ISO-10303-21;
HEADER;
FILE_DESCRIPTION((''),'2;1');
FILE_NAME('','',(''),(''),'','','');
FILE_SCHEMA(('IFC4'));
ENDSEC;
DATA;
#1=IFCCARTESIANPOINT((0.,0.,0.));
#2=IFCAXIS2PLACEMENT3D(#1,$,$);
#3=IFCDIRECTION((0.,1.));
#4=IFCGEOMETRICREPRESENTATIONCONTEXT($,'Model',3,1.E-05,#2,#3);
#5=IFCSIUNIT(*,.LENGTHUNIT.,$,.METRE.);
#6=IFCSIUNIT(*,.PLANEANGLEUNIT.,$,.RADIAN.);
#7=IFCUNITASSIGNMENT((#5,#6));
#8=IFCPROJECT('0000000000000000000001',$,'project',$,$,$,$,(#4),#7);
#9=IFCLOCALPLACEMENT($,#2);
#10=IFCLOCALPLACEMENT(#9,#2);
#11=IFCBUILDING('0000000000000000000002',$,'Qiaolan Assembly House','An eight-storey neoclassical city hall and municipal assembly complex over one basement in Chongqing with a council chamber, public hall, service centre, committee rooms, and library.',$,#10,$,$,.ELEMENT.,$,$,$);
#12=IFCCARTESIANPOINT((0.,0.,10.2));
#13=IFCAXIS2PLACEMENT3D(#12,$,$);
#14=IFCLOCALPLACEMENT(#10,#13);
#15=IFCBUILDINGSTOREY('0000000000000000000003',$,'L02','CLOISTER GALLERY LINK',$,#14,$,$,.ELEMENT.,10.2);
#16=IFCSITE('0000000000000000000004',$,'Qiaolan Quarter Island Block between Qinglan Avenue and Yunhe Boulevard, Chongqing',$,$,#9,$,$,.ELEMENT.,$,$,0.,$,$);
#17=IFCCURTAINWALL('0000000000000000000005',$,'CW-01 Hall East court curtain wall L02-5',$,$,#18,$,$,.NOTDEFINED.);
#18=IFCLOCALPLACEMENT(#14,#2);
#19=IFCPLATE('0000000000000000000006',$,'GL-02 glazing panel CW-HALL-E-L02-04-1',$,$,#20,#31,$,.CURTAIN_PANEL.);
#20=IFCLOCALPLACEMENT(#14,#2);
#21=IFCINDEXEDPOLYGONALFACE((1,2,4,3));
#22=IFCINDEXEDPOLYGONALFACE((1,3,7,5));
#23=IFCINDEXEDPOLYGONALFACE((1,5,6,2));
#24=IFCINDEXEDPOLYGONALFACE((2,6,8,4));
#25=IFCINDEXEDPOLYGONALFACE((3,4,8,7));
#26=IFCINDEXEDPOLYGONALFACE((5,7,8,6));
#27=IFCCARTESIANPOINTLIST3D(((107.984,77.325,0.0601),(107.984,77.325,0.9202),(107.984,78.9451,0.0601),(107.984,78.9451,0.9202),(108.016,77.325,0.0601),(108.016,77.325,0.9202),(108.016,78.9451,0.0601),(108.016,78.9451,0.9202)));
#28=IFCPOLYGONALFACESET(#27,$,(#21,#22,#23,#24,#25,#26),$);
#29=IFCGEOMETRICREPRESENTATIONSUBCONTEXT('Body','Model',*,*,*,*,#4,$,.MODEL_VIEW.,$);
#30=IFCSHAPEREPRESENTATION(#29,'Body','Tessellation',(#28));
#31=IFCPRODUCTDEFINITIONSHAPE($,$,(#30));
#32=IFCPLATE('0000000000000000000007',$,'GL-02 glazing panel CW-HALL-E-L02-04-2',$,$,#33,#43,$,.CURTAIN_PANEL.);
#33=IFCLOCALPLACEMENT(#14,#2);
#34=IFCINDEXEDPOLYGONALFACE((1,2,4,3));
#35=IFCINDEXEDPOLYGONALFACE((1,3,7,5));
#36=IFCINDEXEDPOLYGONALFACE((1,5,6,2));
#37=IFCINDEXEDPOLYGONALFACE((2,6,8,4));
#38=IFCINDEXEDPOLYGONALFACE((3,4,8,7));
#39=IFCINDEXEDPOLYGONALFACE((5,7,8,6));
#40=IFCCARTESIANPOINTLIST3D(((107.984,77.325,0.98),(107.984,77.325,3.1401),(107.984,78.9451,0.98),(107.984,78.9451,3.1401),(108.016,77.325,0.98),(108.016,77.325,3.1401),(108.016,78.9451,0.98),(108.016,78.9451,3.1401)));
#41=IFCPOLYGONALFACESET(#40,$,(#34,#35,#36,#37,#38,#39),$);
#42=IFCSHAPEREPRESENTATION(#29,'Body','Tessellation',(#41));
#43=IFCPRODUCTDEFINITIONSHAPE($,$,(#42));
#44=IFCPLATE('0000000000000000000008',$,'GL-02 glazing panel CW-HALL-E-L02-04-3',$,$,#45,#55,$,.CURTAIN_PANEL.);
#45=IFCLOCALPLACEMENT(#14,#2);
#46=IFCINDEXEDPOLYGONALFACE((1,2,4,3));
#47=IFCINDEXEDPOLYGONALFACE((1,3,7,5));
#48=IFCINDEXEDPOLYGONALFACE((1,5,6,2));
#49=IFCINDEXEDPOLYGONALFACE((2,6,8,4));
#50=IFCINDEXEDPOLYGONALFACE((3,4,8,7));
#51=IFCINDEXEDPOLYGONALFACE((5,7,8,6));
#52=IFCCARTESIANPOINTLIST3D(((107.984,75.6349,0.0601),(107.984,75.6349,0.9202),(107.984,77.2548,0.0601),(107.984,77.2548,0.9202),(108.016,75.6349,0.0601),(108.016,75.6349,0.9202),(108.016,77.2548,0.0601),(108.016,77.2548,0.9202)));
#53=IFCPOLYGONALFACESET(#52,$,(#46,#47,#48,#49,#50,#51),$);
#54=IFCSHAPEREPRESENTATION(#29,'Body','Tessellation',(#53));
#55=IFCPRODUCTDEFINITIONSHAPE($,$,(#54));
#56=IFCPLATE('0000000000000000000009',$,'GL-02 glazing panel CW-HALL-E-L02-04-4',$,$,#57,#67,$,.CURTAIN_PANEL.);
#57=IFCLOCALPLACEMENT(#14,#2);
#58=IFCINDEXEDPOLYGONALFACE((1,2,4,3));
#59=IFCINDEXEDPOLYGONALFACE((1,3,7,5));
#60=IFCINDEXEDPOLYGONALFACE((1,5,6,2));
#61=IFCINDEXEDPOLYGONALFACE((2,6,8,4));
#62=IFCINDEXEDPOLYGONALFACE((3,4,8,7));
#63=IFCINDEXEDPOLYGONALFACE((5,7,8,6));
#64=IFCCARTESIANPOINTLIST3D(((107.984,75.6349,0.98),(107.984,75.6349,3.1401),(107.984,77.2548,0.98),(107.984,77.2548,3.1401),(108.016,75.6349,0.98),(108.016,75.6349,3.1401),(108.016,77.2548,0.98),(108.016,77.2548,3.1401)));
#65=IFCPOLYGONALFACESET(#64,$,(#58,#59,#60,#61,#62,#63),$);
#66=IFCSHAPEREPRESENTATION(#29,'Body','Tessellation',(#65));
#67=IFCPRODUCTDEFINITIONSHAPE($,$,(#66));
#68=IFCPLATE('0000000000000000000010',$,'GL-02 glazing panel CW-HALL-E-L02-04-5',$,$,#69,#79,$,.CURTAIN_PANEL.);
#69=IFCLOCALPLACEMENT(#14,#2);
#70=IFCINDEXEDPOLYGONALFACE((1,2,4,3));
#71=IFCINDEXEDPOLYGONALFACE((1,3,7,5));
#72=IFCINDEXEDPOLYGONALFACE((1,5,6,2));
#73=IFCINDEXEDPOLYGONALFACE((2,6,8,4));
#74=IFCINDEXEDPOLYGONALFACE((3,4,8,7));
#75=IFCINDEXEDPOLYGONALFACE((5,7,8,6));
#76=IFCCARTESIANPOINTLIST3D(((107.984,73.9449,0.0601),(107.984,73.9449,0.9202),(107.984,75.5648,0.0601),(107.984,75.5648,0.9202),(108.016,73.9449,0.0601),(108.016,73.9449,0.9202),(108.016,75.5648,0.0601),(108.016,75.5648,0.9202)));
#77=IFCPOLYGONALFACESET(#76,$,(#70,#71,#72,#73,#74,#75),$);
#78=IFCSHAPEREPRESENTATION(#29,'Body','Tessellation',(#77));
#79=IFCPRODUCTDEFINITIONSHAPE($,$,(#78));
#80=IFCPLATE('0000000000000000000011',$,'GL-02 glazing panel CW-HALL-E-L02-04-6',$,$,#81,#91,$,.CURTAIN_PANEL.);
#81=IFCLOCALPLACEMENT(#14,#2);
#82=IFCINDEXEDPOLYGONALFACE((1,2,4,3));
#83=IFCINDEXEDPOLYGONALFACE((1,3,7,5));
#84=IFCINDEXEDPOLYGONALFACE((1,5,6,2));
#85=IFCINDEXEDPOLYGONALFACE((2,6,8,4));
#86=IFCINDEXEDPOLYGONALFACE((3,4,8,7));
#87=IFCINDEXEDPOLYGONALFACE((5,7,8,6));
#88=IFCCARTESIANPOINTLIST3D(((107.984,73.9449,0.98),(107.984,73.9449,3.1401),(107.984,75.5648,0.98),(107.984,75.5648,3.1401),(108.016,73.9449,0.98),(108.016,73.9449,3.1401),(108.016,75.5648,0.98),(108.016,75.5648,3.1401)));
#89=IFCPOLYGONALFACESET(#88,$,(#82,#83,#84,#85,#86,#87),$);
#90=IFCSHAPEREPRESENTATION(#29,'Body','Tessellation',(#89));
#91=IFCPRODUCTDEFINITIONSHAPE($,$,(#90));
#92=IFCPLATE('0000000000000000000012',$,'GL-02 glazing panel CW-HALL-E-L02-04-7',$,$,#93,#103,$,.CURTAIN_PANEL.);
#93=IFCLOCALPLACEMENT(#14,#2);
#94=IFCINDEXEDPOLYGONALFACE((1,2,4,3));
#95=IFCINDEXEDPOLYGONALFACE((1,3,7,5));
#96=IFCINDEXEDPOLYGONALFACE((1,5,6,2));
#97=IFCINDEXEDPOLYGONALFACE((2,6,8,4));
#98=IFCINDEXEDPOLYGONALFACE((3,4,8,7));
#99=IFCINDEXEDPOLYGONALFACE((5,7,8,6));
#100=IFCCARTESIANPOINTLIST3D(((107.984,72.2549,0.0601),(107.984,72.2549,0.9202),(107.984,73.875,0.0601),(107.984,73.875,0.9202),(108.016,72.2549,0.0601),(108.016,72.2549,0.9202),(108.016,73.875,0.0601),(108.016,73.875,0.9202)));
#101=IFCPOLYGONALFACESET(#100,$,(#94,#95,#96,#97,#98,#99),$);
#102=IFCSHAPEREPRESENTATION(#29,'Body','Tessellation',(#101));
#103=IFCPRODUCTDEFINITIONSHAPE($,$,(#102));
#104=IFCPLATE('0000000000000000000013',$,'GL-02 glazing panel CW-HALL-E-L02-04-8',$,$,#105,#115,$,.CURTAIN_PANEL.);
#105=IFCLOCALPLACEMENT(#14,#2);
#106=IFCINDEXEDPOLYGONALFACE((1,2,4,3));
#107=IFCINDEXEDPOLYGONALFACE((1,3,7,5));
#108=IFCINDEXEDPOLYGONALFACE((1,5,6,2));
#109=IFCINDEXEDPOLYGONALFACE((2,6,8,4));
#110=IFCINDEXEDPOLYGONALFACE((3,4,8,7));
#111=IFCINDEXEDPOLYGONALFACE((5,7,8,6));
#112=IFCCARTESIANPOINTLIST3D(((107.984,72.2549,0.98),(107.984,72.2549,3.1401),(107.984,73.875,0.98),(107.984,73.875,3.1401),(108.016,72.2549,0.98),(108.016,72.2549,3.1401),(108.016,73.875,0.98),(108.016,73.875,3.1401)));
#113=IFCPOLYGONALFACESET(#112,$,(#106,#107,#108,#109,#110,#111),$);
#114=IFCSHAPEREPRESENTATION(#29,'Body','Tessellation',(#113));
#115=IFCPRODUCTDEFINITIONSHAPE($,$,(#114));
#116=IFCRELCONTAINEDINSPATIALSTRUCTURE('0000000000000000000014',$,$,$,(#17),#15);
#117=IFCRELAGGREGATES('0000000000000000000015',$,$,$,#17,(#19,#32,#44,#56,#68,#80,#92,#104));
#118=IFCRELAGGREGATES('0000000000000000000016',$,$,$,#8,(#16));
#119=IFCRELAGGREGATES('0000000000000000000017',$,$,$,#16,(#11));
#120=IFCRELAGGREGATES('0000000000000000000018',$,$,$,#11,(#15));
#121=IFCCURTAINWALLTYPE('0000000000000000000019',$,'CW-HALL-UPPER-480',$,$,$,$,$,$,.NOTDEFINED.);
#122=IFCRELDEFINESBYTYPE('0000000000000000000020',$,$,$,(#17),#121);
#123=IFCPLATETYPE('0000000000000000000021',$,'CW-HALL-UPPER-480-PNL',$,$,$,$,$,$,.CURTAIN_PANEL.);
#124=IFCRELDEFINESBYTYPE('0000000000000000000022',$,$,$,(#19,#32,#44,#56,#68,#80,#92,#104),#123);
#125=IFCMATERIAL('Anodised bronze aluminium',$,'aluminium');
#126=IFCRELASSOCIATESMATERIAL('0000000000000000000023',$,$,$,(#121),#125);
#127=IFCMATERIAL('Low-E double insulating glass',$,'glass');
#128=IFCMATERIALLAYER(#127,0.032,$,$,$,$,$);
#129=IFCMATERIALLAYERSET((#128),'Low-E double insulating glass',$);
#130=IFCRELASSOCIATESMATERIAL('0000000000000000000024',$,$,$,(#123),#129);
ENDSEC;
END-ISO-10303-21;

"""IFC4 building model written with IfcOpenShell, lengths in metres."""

from ifc_helpers import new_model, si_unit, direction, frame, frame_2d, origin, place, context, subcontext, project, spatial, rectangle, extrude, material, layer, layer_set, type_object, element, aggregate, save


model = new_model("IFC4")

# Units and contexts
model_context = context("Model", 3, precision=1e-05, world=origin(), true_north=direction((0.0, 1.0)))
body_context = subcontext(model_context, "Body", "Model", "MODEL_VIEW")
ifc_project = project(units=[si_unit("LENGTHUNIT", "METRE"), si_unit("PLANEANGLEUNIT", "RADIAN")], contexts=[model_context])

# Site, building, storey
site_placement = place(None, origin())
site = spatial("IfcSite", under=ifc_project, at=site_placement, Name="Qiaolan Quarter Island Block between Qinglan Avenue and Yunhe Boulevard, Chongqing", CompositionType="ELEMENT", RefElevation=0.0)
building_placement = place(site_placement, origin())
building = spatial("IfcBuilding", under=site, at=building_placement, Name="Qiaolan Assembly House", Description="An eight-storey neoclassical city hall and municipal assembly complex over one basement in Chongqing with a council chamber, public hall, service centre, committee rooms, and library.", CompositionType="ELEMENT")
storey_placement = place(building_placement, frame((0.0, 0.0, 10.2)))
storey = spatial("IfcBuildingStorey", under=building, at=storey_placement, Name="L02", Description="CLOISTER GALLERY LINK", CompositionType="ELEMENT", Elevation=10.2)

# Curtain wall, plates
ifc_material_1 = material(Name="Anodised bronze aluminium", Category="aluminium")
curtain_wall_type = type_object("IfcCurtainWallType", Name="CW-HALL-UPPER-480", PredefinedType="NOTDEFINED", material=ifc_material_1)
curtain_wall_placement = place(storey_placement, origin())
curtain_wall = element("IfcCurtainWall", 1, at=curtain_wall_placement, inside=storey, type_object=curtain_wall_type, Name="CW-01 Hall East court curtain wall L02-5", PredefinedType="NOTDEFINED")
ifc_material_2 = material(Name="Low-E double insulating glass", Category="glass")
ifc_layer = layer(ifc_material_2, 0.032)
ifc_layer_set = layer_set([ifc_layer], Name="Low-E double insulating glass")
plate_type = type_object("IfcPlateType", Name="CW-HALL-UPPER-480-PNL", PredefinedType="CURTAIN_PANEL", material=ifc_layer_set)
plate_1_placement = place(storey_placement, frame((108.0, 78.9451, 0.0601), z_axis=(0.0, 0.0, 1.0), x_axis=(0.0, -1.0, 0.0)))
plate_1 = element("IfcPlate", 2, at=plate_1_placement, type_object=plate_type, Name="GL-02 glazing panel CW-HALL-E-L02-04-1", PredefinedType="CURTAIN_PANEL", context=body_context, shape_type="SweptSolid", body=[
    extrude(rectangle(XDim=1.6201, YDim=0.032, at=frame_2d((0.8101, 0.0))), origin(), (0.0, 0.0, 1.0), 0.8601),
])
plate_2_placement = place(storey_placement, frame((108.0, 78.9451, 0.98), z_axis=(0.0, 0.0, 1.0), x_axis=(0.0, -1.0, 0.0)))
plate_2 = element("IfcPlate", 3, at=plate_2_placement, type_object=plate_type, Name="GL-02 glazing panel CW-HALL-E-L02-04-2", PredefinedType="CURTAIN_PANEL", context=body_context, shape_type="SweptSolid", body=[
    extrude(rectangle(XDim=1.6201, YDim=0.032, at=frame_2d((0.8101, 0.0))), origin(), (0.0, 0.0, 1.0), 2.1602),
])
plate_3_placement = place(storey_placement, frame((108.0, 77.2549, 0.0601), z_axis=(0.0, 0.0, 1.0), x_axis=(0.0, -1.0, 0.0)))
plate_3 = element("IfcPlate", 4, at=plate_3_placement, type_object=plate_type, Name="GL-02 glazing panel CW-HALL-E-L02-04-3", PredefinedType="CURTAIN_PANEL", context=body_context, shape_type="SweptSolid", body=[
    extrude(rectangle(XDim=1.6199, YDim=0.032, at=frame_2d((0.8101, 0.0))), origin(), (0.0, 0.0, 1.0), 0.8601),
])
plate_4_placement = place(storey_placement, frame((108.0, 77.2549, 0.98), z_axis=(0.0, 0.0, 1.0), x_axis=(0.0, -1.0, 0.0)))
plate_4 = element("IfcPlate", 5, at=plate_4_placement, type_object=plate_type, Name="GL-02 glazing panel CW-HALL-E-L02-04-4", PredefinedType="CURTAIN_PANEL", context=body_context, shape_type="SweptSolid", body=[
    extrude(rectangle(XDim=1.6199, YDim=0.032, at=frame_2d((0.8101, 0.0))), origin(), (0.0, 0.0, 1.0), 2.1602),
])
plate_5_placement = place(storey_placement, frame((108.0, 75.5649, 0.0601), z_axis=(0.0, 0.0, 1.0), x_axis=(0.0, -1.0, 0.0)))
plate_5 = element("IfcPlate", 6, at=plate_5_placement, type_object=plate_type, Name="GL-02 glazing panel CW-HALL-E-L02-04-5", PredefinedType="CURTAIN_PANEL", context=body_context, shape_type="SweptSolid", body=[
    extrude(rectangle(XDim=1.6199, YDim=0.032, at=frame_2d((0.8101, 0.0))), origin(), (0.0, 0.0, 1.0), 0.8601),
])
plate_6_placement = place(storey_placement, frame((108.0, 75.5649, 0.98), z_axis=(0.0, 0.0, 1.0), x_axis=(0.0, -1.0, 0.0)))
plate_6 = element("IfcPlate", 7, at=plate_6_placement, type_object=plate_type, Name="GL-02 glazing panel CW-HALL-E-L02-04-6", PredefinedType="CURTAIN_PANEL", context=body_context, shape_type="SweptSolid", body=[
    extrude(rectangle(XDim=1.6199, YDim=0.032, at=frame_2d((0.8101, 0.0))), origin(), (0.0, 0.0, 1.0), 2.1602),
])
plate_7_placement = place(storey_placement, frame((108.0, 73.875, 0.0601), z_axis=(0.0, 0.0, 1.0), x_axis=(0.0, -1.0, 0.0)))
plate_7 = element("IfcPlate", 8, at=plate_7_placement, type_object=plate_type, Name="GL-02 glazing panel CW-HALL-E-L02-04-7", PredefinedType="CURTAIN_PANEL", context=body_context, shape_type="SweptSolid", body=[
    extrude(rectangle(XDim=1.6201, YDim=0.032, at=frame_2d((0.8101, 0.0))), origin(), (0.0, 0.0, 1.0), 0.8601),
])
plate_8_placement = place(storey_placement, frame((108.0, 73.875, 0.98), z_axis=(0.0, 0.0, 1.0), x_axis=(0.0, -1.0, 0.0)))
plate_8 = element("IfcPlate", 9, at=plate_8_placement, type_object=plate_type, Name="GL-02 glazing panel CW-HALL-E-L02-04-8", PredefinedType="CURTAIN_PANEL", context=body_context, shape_type="SweptSolid", body=[
    extrude(rectangle(XDim=1.6201, YDim=0.032, at=frame_2d((0.8101, 0.0))), origin(), (0.0, 0.0, 1.0), 2.1602),
])
aggregate(curtain_wall, [plate_1, plate_2, plate_3, plate_4, plate_5, plate_6, plate_7, plate_8])

save(model, "model.ifc")
